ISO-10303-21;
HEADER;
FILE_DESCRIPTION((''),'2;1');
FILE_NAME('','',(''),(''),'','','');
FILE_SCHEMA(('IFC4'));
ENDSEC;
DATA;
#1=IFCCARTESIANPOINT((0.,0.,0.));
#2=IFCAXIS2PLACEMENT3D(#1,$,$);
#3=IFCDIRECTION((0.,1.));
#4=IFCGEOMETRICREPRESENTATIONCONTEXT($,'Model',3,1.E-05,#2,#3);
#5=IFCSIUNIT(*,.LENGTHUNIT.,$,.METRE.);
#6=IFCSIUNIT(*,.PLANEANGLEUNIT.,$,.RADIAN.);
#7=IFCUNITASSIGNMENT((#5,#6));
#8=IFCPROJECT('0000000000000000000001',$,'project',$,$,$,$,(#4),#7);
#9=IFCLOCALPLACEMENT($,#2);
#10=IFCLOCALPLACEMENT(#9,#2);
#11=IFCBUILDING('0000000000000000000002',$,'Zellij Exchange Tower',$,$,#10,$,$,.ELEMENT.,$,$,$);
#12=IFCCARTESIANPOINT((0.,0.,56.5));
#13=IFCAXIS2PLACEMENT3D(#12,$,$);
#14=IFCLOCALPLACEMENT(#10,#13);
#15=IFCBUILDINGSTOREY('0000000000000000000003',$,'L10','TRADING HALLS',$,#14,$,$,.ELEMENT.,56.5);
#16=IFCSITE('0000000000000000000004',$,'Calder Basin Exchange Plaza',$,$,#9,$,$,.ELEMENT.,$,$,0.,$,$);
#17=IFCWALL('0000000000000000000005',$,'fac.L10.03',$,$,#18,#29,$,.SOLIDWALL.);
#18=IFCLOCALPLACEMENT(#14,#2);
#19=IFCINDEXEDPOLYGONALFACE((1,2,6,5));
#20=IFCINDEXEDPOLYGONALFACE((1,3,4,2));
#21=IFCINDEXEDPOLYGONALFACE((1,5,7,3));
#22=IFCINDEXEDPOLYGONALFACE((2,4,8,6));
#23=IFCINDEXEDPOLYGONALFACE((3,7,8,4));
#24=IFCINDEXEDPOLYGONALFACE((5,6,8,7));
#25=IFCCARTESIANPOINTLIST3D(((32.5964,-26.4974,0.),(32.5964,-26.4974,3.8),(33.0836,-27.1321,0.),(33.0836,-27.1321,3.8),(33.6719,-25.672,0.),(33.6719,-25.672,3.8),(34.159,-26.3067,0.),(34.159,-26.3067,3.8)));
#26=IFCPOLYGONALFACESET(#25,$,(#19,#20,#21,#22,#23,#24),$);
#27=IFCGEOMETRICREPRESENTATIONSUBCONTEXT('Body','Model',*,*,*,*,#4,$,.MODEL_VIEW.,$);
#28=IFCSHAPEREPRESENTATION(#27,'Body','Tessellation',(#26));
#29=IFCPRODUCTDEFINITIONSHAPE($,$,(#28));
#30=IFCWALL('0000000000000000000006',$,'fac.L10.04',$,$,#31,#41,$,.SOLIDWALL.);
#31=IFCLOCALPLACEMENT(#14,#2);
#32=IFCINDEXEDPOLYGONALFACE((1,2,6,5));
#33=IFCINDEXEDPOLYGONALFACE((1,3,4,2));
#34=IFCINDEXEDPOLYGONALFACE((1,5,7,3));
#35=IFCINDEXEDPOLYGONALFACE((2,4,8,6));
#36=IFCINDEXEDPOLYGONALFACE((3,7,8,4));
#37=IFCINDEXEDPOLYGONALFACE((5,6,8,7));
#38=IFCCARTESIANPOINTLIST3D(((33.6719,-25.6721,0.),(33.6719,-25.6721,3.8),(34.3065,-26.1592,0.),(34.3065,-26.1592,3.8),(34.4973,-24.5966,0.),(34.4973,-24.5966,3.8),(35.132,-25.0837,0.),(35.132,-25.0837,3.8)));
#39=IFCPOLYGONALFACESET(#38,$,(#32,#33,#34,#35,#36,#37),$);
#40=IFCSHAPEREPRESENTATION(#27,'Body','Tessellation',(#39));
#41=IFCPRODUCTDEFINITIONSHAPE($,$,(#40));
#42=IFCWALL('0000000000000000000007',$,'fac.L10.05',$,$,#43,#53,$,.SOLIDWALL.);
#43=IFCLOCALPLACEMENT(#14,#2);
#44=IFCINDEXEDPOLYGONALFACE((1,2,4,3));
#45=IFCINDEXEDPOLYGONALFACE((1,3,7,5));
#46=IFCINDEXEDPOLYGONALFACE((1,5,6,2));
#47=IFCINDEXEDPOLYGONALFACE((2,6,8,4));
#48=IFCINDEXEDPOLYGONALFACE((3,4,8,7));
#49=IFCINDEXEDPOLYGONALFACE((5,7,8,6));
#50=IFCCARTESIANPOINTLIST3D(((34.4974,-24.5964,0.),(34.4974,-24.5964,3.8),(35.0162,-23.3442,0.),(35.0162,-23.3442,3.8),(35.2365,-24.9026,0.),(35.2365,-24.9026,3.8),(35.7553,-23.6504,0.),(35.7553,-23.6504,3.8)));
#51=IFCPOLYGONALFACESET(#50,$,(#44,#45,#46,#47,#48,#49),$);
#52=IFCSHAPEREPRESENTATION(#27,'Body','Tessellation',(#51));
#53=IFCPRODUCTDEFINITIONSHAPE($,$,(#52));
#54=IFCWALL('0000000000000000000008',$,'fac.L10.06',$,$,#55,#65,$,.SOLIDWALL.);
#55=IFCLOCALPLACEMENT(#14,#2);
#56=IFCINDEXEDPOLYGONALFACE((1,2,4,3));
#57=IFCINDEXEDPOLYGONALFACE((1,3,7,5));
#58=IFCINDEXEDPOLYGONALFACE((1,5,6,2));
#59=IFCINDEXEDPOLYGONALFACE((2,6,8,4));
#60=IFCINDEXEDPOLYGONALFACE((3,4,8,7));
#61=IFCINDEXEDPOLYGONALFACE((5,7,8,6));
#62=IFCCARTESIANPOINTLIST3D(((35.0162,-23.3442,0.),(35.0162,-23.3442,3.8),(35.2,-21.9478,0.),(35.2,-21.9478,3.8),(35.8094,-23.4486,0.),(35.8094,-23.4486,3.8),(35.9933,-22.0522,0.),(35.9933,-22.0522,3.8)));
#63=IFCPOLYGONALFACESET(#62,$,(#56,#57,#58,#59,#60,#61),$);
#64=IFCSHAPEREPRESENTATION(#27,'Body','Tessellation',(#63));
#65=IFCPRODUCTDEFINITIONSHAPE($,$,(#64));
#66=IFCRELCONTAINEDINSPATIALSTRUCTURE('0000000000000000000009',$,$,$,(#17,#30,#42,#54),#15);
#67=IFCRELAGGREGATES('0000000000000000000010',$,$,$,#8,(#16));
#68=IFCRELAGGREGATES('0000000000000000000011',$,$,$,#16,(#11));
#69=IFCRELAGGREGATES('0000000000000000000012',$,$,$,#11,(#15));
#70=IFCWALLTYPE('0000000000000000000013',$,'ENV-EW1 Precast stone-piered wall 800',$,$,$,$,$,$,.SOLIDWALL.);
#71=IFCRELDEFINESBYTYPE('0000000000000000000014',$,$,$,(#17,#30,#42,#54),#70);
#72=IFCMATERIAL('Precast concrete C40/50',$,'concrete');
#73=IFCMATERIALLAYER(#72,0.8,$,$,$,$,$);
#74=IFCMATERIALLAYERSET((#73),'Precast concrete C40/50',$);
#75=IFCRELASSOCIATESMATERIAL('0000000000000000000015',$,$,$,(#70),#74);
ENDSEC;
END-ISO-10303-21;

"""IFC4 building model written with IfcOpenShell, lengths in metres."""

from ifc_helpers import new_model, si_unit, direction, frame, frame_2d, origin, place, context, subcontext, project, spatial, rectangle, extrude, material, layer, layer_set, type_object, element, save


model = new_model("IFC4")

# Units and contexts
model_context = context("Model", 3, precision=1e-05, world=origin(), true_north=direction((0.0, 1.0)))
body_context = subcontext(model_context, "Body", "Model", "MODEL_VIEW")
ifc_project = project(units=[si_unit("LENGTHUNIT", "METRE"), si_unit("PLANEANGLEUNIT", "RADIAN")], contexts=[model_context])

# Site, building, storey
site_placement = place(None, origin())
site = spatial("IfcSite", under=ifc_project, at=site_placement, Name="Calder Basin Exchange Plaza", CompositionType="ELEMENT", RefElevation=0.0)
building_placement = place(site_placement, origin())
building = spatial("IfcBuilding", under=site, at=building_placement, Name="Zellij Exchange Tower", CompositionType="ELEMENT")
storey_placement = place(building_placement, frame((0.0, 0.0, 56.5)))
storey = spatial("IfcBuildingStorey", under=building, at=storey_placement, Name="L10", Description="TRADING HALLS", CompositionType="ELEMENT", Elevation=56.5)

# Walls
ifc_material_1 = material(Name="Precast concrete C40/50", Category="concrete")
ifc_layer = layer(ifc_material_1, 0.8)
ifc_layer_set = layer_set([ifc_layer], Name="Precast concrete C40/50")
wall_type = type_object("IfcWallType", Name="ENV-EW1 Precast stone-piered wall 800", PredefinedType="SOLIDWALL", material=ifc_layer_set)
for number, where, z_axis, x_axis, name in (
    (1, (32.8401, -26.8147, 0.0), (0.0, 0.0, 1.0), (0.793273, 0.608866, 0.0), "fac.L10.03"),
    (2, (33.9893, -25.9155, 0.0), (0.0, 0.0, 1.0), (0.608866, 0.793273, 0.0), "fac.L10.04"),
):
    element("IfcWall", number, at=place(storey_placement, frame(where, z_axis=z_axis, x_axis=x_axis)), inside=storey, type_object=wall_type, Name=name, PredefinedType="SOLIDWALL", context=body_context, shape_type="SweptSolid", body=[
        extrude(rectangle(XDim=1.3557, YDim=0.8, at=frame_2d((0.6777, 0.0))), origin(), (0.0, 0.0, 1.0), 3.8),
    ])
wall_1_placement = place(storey_placement, frame((34.8669, -24.7495, 0.0), z_axis=(0.0, 0.0, 1.0), x_axis=(0.38276, 0.923848, 0.0)))
element("IfcWall", 3, at=wall_1_placement, inside=storey, type_object=wall_type, Name="fac.L10.05", PredefinedType="SOLIDWALL", context=body_context, shape_type="SweptSolid", body=[
    extrude(rectangle(XDim=1.3555, YDim=0.8, at=frame_2d((0.6777, 0.0))), origin(), (0.0, 0.0, 1.0), 3.8),
])
wall_2_placement = place(storey_placement, frame((35.4128, -23.3962, 0.0), z_axis=(0.0, 0.0, 1.0), x_axis=(0.130517, 0.991446, 0.0)))
element("IfcWall", 4, at=wall_2_placement, inside=storey, type_object=wall_type, Name="fac.L10.06", PredefinedType="SOLIDWALL", context=body_context, shape_type="SweptSolid", body=[
    extrude(rectangle(XDim=1.4084, YDim=0.8, at=frame_2d((0.7041, 0.0))), origin(), (0.0, 0.0, 1.0), 3.8),
])

save(model, "model.ifc")
